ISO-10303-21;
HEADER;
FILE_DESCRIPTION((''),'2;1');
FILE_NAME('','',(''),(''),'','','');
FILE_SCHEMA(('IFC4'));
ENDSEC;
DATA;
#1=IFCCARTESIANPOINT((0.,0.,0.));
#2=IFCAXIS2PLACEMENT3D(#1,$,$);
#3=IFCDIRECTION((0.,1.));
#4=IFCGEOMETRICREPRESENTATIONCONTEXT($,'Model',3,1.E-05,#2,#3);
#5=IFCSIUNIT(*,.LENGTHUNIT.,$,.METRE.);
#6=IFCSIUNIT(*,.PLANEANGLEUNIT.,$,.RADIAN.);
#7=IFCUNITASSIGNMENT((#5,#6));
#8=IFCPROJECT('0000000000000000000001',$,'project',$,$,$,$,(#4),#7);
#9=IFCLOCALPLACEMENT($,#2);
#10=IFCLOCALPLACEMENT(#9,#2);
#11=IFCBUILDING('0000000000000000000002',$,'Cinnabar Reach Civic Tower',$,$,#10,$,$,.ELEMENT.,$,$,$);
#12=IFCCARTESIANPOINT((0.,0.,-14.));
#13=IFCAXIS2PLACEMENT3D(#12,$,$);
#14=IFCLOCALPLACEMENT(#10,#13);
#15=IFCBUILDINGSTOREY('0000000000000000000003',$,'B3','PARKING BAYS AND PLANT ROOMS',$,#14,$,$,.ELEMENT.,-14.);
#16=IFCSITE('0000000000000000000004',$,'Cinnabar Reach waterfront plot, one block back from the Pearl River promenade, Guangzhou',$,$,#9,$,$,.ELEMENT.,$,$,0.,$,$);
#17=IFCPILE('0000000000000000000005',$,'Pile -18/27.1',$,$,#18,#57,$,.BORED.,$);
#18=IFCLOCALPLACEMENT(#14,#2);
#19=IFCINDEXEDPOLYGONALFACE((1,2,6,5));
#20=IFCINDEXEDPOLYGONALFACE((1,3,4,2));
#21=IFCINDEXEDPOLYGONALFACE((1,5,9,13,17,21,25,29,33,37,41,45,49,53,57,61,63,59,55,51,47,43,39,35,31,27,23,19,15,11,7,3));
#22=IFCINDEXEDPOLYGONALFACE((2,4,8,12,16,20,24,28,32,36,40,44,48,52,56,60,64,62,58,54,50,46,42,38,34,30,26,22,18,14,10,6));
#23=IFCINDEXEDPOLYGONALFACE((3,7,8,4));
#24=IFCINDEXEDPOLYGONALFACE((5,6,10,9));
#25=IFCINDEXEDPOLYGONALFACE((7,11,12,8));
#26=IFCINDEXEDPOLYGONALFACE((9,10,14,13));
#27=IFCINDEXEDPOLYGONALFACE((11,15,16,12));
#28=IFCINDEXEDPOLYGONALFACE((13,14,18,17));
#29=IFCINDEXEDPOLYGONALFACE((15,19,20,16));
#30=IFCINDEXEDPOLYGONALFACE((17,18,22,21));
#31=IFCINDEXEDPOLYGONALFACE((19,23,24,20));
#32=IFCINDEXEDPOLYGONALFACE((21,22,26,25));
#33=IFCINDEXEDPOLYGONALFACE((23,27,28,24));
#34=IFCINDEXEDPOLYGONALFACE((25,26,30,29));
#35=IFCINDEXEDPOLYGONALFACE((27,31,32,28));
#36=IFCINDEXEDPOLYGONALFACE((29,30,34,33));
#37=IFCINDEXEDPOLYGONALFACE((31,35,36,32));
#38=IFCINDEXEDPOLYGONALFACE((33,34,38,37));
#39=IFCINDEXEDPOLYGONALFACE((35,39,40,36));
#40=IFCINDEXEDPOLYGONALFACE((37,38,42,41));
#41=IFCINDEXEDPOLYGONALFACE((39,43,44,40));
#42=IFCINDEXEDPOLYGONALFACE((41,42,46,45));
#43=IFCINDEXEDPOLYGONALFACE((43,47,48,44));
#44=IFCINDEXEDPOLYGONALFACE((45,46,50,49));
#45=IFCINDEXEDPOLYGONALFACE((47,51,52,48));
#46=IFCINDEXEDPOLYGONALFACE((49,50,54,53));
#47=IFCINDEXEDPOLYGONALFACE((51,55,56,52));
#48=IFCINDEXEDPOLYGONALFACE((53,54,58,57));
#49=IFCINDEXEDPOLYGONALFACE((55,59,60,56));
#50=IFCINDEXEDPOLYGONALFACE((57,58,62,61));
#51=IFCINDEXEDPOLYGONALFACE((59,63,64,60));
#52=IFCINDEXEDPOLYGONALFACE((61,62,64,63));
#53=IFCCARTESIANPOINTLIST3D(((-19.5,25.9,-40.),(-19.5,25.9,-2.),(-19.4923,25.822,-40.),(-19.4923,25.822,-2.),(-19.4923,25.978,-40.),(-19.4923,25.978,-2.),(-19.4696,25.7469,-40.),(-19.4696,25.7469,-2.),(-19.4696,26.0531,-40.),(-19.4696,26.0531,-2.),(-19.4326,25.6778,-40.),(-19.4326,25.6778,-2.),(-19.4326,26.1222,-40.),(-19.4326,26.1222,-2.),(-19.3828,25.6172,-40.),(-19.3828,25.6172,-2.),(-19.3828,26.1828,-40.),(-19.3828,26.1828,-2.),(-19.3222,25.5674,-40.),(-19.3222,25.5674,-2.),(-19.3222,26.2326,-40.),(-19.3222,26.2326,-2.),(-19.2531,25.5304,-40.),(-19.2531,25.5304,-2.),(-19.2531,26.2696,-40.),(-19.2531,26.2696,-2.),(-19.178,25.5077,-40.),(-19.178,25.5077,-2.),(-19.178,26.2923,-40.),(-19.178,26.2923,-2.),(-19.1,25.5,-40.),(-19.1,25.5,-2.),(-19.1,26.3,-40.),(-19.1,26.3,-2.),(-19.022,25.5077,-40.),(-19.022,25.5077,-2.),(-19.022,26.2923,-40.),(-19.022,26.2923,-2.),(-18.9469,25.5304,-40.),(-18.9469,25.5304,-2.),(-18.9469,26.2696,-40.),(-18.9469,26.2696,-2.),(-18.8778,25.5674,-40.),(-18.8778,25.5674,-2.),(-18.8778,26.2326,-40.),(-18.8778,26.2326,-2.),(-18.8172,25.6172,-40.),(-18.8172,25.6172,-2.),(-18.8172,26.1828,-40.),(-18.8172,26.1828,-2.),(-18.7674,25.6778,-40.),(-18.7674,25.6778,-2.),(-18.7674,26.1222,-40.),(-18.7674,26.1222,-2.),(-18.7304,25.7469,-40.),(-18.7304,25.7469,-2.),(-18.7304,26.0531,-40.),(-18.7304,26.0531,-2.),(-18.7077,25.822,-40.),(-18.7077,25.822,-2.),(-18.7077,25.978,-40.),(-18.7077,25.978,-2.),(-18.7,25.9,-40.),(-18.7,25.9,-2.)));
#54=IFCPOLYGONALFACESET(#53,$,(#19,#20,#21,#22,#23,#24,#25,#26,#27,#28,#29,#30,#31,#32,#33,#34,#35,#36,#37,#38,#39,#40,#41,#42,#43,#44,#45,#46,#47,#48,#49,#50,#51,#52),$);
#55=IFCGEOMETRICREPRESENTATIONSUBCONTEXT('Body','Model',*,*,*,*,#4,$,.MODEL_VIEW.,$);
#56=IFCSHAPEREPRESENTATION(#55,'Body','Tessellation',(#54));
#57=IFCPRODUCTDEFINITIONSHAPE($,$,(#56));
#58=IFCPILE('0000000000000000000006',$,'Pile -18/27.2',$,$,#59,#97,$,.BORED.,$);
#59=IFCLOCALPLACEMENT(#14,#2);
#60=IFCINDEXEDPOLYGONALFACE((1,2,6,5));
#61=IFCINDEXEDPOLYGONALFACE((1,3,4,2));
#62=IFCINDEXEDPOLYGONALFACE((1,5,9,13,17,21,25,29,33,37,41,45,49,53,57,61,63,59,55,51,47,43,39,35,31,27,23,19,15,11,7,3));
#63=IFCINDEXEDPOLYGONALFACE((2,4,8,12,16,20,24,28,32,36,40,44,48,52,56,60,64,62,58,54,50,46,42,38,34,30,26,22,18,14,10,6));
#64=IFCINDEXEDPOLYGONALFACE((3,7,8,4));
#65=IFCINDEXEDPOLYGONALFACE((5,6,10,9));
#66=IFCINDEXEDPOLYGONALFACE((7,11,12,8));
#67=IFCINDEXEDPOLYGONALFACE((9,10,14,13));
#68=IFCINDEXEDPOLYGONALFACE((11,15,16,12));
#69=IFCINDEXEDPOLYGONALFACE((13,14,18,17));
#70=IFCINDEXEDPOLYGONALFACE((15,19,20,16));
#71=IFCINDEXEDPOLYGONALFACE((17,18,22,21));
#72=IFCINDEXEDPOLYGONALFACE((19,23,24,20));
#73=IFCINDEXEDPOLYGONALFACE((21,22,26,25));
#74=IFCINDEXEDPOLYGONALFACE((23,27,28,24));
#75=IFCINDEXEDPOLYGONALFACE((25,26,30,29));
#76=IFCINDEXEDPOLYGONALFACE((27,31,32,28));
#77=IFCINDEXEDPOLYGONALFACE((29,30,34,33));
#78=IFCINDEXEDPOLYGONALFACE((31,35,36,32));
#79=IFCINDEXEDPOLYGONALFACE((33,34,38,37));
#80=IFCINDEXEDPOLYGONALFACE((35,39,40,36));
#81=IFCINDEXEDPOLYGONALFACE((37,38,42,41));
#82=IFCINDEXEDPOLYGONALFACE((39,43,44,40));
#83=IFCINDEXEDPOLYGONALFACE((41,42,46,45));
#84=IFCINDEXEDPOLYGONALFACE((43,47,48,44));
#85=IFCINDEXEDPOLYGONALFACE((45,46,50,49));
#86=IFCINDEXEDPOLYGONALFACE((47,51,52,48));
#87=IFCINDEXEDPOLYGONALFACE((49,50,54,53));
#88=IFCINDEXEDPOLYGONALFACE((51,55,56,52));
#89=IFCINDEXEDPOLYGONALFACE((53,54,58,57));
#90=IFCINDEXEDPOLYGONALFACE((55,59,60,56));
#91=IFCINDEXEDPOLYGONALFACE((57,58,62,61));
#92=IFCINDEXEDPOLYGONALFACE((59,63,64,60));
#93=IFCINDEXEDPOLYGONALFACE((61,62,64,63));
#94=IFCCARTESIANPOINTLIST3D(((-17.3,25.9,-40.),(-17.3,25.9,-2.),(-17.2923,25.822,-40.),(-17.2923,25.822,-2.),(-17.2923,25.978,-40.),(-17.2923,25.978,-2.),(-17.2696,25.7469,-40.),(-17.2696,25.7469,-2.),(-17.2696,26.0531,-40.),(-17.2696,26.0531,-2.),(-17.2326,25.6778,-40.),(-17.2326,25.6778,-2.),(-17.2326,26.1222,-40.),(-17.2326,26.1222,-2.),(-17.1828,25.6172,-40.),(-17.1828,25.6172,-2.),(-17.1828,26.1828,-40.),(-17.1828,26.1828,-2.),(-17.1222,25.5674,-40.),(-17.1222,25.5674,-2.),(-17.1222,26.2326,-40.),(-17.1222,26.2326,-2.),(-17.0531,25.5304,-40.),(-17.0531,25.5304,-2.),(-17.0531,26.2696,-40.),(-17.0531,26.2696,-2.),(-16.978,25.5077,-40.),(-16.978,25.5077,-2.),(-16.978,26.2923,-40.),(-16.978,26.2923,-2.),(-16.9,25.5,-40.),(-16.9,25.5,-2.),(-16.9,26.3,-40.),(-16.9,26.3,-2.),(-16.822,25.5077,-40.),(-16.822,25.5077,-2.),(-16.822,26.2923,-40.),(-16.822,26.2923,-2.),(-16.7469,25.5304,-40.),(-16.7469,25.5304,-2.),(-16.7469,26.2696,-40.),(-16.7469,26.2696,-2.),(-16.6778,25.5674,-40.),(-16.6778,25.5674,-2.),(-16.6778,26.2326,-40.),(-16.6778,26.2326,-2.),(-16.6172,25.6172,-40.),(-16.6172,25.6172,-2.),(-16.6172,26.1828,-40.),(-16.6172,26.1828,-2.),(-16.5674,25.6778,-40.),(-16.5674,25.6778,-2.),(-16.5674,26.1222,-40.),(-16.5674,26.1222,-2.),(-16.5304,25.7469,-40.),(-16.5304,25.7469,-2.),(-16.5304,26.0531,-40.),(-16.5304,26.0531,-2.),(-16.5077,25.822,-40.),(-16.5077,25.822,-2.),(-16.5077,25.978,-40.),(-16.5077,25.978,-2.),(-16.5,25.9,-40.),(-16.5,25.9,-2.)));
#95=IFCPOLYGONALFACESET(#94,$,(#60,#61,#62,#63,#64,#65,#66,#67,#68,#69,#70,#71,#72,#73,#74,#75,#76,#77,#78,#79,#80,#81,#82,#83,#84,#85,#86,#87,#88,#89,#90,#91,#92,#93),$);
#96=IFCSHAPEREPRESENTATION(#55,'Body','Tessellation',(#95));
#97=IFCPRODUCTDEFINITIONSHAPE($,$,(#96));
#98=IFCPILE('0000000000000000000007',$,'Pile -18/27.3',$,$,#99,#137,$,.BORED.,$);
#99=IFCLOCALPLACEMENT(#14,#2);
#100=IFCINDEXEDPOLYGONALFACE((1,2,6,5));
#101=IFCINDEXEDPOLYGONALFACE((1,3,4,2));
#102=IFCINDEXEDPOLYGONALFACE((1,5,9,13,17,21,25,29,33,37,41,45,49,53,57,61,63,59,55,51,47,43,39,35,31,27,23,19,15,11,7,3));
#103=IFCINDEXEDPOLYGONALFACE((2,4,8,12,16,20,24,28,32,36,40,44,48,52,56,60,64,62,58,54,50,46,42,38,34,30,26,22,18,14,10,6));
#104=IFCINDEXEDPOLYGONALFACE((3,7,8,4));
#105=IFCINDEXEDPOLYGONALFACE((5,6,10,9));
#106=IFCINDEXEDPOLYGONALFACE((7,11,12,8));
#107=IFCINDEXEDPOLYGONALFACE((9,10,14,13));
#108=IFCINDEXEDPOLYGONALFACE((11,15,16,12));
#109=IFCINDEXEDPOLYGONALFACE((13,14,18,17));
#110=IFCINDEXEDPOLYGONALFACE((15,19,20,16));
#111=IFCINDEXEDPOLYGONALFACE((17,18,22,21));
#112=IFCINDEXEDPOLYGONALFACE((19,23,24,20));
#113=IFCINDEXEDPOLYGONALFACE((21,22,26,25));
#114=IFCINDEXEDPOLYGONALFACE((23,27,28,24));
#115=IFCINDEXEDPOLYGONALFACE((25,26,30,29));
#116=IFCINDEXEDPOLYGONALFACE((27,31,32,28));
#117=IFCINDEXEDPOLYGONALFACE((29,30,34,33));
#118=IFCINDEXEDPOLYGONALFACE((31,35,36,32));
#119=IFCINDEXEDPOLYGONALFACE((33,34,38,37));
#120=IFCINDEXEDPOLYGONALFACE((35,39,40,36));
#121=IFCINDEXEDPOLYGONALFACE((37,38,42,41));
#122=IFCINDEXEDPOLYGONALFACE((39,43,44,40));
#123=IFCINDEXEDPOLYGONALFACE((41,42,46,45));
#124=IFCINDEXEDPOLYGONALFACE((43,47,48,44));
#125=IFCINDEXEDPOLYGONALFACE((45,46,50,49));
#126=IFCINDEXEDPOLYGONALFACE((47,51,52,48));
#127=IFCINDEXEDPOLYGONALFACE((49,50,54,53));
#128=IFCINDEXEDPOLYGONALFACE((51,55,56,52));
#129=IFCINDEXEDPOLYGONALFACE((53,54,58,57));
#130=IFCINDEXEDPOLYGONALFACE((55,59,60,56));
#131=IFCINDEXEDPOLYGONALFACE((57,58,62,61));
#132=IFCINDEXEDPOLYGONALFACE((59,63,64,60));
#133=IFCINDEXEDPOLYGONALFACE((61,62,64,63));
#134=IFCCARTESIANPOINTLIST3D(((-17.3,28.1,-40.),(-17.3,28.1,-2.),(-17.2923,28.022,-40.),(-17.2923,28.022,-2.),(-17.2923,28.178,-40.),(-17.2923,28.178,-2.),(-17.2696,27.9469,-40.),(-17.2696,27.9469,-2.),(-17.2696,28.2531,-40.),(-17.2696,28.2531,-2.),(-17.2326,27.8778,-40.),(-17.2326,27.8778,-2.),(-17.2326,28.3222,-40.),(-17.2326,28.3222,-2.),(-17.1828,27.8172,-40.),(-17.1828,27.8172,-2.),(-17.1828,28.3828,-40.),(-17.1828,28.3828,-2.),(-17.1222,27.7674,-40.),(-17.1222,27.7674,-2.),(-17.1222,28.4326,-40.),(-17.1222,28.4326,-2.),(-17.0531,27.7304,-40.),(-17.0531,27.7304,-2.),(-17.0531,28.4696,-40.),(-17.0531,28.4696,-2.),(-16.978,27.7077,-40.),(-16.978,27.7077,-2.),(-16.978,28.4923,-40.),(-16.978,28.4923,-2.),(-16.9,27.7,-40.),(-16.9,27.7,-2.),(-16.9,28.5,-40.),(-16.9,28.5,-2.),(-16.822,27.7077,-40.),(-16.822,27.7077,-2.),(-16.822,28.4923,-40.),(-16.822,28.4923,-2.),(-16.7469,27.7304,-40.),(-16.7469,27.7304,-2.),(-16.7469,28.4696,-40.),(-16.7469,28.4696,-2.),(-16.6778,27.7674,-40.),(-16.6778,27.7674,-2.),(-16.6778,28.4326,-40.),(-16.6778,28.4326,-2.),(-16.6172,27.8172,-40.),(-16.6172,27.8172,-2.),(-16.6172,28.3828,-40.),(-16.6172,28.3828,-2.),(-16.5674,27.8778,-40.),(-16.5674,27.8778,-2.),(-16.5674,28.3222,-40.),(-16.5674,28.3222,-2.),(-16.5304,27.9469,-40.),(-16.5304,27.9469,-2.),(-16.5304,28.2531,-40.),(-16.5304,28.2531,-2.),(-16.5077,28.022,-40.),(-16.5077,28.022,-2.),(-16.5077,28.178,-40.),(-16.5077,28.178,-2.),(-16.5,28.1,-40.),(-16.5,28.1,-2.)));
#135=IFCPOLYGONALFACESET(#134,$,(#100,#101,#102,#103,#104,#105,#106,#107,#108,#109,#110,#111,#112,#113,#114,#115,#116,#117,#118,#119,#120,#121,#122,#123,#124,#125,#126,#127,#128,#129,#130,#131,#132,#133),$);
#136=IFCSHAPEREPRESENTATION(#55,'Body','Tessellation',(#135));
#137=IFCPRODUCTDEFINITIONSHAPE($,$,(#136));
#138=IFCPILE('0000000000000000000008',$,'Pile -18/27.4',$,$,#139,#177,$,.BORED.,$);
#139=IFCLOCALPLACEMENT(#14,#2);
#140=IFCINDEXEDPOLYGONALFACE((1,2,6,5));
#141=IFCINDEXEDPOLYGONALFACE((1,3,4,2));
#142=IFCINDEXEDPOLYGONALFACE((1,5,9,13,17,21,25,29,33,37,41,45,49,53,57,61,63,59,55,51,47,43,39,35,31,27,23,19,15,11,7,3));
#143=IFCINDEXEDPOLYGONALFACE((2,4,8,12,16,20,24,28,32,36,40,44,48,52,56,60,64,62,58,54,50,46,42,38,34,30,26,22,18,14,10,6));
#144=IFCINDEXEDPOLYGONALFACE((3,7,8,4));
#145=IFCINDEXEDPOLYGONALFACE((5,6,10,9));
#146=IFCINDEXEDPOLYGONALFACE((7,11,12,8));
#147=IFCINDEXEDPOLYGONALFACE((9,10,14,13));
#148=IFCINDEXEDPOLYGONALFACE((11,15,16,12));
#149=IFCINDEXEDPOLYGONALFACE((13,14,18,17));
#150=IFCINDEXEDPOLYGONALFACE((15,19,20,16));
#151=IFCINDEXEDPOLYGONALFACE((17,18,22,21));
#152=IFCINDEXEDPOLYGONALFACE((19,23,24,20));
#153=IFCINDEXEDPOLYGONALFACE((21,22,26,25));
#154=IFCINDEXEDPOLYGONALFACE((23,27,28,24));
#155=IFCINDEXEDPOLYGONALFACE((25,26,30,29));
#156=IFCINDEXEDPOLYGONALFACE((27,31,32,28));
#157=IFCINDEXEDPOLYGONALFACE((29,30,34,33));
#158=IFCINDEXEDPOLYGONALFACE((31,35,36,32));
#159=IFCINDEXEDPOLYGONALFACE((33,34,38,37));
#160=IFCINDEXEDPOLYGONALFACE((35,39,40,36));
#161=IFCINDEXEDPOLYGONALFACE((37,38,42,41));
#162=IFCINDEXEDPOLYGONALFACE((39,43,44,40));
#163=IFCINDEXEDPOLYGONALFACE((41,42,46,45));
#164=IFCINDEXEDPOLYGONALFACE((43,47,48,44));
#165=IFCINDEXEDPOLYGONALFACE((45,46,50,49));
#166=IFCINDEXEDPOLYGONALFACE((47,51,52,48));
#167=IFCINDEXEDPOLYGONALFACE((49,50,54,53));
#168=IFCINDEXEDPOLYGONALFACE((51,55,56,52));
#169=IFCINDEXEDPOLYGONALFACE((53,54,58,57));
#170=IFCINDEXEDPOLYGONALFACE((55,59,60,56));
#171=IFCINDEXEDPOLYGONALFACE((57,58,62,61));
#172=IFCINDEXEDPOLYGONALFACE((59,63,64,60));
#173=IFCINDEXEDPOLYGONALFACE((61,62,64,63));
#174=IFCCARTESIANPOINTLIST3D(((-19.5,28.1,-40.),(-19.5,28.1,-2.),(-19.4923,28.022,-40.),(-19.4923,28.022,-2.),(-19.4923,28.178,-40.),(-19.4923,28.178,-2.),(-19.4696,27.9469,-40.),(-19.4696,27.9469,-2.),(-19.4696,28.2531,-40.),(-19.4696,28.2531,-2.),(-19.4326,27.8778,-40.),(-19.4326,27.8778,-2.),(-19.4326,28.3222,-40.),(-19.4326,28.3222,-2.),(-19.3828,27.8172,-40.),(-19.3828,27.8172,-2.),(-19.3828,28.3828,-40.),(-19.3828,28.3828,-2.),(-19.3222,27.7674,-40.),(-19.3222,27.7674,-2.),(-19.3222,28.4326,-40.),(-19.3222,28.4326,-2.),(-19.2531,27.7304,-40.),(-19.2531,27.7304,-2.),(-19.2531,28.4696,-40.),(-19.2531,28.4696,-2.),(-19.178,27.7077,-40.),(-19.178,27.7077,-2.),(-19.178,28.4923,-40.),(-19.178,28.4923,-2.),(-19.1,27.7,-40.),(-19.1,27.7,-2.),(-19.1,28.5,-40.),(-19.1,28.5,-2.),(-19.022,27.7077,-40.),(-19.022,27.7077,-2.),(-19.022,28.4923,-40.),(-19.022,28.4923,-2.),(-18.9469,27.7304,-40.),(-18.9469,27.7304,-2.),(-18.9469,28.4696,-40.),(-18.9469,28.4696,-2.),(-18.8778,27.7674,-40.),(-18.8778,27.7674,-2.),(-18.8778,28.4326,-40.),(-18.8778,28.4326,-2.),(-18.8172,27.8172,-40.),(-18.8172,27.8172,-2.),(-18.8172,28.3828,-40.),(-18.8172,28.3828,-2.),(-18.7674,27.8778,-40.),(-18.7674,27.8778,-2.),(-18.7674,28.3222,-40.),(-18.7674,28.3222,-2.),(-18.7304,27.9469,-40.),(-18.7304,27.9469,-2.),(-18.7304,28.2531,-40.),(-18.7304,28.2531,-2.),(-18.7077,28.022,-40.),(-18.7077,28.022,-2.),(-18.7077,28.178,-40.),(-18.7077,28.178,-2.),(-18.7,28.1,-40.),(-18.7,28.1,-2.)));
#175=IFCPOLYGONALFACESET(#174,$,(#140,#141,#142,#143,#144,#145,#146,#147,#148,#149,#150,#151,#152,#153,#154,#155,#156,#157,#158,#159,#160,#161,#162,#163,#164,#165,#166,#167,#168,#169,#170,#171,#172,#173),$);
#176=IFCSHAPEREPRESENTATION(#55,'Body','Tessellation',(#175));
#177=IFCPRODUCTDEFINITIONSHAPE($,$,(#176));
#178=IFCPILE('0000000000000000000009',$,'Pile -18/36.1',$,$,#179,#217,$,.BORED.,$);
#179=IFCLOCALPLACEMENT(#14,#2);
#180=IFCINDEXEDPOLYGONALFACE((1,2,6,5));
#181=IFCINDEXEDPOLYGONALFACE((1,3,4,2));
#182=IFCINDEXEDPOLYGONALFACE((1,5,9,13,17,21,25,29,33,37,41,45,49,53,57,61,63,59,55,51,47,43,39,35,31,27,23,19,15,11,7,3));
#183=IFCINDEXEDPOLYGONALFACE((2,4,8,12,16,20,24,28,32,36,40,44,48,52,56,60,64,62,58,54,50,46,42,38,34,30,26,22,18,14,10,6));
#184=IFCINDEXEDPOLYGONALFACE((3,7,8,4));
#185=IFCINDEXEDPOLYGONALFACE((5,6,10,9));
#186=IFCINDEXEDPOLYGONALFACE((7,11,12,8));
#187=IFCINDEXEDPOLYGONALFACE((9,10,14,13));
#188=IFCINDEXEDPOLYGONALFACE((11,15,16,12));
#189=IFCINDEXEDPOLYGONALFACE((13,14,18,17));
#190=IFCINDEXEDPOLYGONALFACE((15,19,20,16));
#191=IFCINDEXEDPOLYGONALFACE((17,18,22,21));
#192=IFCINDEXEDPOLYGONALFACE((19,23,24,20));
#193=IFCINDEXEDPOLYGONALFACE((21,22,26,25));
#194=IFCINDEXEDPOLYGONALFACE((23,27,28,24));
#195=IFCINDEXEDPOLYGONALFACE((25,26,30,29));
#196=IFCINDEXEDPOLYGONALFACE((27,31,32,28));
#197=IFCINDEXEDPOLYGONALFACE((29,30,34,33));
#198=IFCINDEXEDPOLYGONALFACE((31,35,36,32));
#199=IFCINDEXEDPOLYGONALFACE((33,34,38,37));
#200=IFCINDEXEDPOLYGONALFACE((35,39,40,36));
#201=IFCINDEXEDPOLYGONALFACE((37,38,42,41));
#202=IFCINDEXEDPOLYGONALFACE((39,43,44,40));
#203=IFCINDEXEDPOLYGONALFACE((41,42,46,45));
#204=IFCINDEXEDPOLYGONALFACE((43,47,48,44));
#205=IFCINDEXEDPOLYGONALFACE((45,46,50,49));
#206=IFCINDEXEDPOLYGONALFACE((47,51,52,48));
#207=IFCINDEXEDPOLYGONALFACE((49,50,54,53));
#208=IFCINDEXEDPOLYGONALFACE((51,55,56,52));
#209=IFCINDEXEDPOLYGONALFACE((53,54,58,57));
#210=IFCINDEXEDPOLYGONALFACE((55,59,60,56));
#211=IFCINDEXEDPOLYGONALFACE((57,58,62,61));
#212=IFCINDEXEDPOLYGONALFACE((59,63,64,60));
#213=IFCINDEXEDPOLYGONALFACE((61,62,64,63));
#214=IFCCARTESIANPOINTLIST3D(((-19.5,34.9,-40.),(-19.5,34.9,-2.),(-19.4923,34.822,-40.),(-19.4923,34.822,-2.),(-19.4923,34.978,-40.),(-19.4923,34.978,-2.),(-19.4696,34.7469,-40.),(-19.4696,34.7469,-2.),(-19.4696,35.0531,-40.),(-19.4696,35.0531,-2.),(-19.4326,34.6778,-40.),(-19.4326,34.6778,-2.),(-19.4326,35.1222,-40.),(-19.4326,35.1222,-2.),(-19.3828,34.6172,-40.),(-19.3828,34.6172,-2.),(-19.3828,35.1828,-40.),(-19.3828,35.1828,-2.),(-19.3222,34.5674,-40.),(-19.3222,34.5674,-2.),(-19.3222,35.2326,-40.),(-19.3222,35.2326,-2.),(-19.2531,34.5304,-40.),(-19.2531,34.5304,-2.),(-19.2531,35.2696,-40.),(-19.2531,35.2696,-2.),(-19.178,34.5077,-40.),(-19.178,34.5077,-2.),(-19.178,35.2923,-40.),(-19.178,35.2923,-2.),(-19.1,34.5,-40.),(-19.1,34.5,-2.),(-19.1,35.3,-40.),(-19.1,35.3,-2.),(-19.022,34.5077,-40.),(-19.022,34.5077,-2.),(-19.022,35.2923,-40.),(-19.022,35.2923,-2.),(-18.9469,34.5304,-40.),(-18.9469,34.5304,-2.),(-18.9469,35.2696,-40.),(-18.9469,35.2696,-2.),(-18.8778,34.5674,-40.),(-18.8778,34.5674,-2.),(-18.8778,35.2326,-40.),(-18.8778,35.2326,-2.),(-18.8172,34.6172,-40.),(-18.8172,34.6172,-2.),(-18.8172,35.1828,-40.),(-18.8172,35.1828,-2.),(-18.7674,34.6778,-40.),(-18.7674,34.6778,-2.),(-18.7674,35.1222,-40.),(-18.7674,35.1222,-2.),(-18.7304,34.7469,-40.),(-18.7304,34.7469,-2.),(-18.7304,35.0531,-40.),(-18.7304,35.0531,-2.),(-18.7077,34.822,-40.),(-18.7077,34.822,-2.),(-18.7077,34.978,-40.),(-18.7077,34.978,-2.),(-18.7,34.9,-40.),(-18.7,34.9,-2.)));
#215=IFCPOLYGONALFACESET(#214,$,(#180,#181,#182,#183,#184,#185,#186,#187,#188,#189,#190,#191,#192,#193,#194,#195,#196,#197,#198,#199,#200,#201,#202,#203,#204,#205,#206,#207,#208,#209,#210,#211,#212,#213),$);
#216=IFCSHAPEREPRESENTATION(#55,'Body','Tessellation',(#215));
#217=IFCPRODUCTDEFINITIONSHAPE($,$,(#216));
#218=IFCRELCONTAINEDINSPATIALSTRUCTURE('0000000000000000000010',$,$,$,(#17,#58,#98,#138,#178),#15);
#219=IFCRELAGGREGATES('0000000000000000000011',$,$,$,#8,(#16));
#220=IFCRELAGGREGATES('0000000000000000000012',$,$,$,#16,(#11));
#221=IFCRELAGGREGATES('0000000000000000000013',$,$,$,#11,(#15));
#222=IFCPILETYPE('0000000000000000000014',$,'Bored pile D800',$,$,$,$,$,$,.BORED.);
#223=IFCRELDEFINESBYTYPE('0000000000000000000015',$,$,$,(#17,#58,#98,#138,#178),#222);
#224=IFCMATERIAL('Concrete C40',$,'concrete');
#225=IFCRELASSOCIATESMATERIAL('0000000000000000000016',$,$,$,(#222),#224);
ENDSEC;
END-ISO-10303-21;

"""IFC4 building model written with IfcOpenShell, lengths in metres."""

from ifc_helpers import new_model, si_unit, direction, frame, origin, origin_2d, place, context, subcontext, project, spatial, circle, extrude, material, type_object, element, save


model = new_model("IFC4")

# Units and contexts
model_context = context("Model", 3, precision=1e-05, world=origin(), true_north=direction((0.0, 1.0)))
body_context = subcontext(model_context, "Body", "Model", "MODEL_VIEW")
ifc_project = project(units=[si_unit("LENGTHUNIT", "METRE"), si_unit("PLANEANGLEUNIT", "RADIAN")], contexts=[model_context])

# Site, building, storey
site_placement = place(None, origin())
site = spatial("IfcSite", under=ifc_project, at=site_placement, Name="Cinnabar Reach waterfront plot, one block back from the Pearl River promenade, Guangzhou", CompositionType="ELEMENT", RefElevation=0.0)
building_placement = place(site_placement, origin())
building = spatial("IfcBuilding", under=site, at=building_placement, Name="Cinnabar Reach Civic Tower", CompositionType="ELEMENT")
storey_placement = place(building_placement, frame((0.0, 0.0, -14.0)))
storey = spatial("IfcBuildingStorey", under=building, at=storey_placement, Name="B3", Description="PARKING BAYS AND PLANT ROOMS", CompositionType="ELEMENT", Elevation=-14.0)

# Piles
ifc_material_1 = material(Name="Concrete C40", Category="concrete")
pile_type = type_object("IfcPileType", Name="Bored pile D800", PredefinedType="BORED", material=ifc_material_1)
for number, where, z_axis, x_axis, name in (
    (1, (-19.1, 25.9, -2.0), (0.0, 0.0, -1.0), (1.0, 0.0, 0.0), "Pile -18/27.1"),
    (2, (-16.9, 25.9, -2.0), (0.0, 0.0, -1.0), (1.0, 0.0, 0.0), "Pile -18/27.2"),
    (3, (-16.9, 28.1, -2.0), (0.0, 0.0, -1.0), (1.0, 0.0, 0.0), "Pile -18/27.3"),
    (4, (-19.1, 28.1, -2.0), (0.0, 0.0, -1.0), (1.0, 0.0, 0.0), "Pile -18/27.4"),
    (5, (-19.1, 34.9, -2.0), (0.0, 0.0, -1.0), (1.0, 0.0, 0.0), "Pile -18/36.1"),
):
    element("IfcPile", number, at=place(storey_placement, frame(where, z_axis=z_axis, x_axis=x_axis)), inside=storey, type_object=pile_type, Name=name, PredefinedType="BORED", context=body_context, shape_type="SweptSolid", body=[
        extrude(circle(Radius=0.4, at=origin_2d()), origin(), (0.0, 0.0, 1.0), 38.0),
    ])

save(model, "model.ifc")
